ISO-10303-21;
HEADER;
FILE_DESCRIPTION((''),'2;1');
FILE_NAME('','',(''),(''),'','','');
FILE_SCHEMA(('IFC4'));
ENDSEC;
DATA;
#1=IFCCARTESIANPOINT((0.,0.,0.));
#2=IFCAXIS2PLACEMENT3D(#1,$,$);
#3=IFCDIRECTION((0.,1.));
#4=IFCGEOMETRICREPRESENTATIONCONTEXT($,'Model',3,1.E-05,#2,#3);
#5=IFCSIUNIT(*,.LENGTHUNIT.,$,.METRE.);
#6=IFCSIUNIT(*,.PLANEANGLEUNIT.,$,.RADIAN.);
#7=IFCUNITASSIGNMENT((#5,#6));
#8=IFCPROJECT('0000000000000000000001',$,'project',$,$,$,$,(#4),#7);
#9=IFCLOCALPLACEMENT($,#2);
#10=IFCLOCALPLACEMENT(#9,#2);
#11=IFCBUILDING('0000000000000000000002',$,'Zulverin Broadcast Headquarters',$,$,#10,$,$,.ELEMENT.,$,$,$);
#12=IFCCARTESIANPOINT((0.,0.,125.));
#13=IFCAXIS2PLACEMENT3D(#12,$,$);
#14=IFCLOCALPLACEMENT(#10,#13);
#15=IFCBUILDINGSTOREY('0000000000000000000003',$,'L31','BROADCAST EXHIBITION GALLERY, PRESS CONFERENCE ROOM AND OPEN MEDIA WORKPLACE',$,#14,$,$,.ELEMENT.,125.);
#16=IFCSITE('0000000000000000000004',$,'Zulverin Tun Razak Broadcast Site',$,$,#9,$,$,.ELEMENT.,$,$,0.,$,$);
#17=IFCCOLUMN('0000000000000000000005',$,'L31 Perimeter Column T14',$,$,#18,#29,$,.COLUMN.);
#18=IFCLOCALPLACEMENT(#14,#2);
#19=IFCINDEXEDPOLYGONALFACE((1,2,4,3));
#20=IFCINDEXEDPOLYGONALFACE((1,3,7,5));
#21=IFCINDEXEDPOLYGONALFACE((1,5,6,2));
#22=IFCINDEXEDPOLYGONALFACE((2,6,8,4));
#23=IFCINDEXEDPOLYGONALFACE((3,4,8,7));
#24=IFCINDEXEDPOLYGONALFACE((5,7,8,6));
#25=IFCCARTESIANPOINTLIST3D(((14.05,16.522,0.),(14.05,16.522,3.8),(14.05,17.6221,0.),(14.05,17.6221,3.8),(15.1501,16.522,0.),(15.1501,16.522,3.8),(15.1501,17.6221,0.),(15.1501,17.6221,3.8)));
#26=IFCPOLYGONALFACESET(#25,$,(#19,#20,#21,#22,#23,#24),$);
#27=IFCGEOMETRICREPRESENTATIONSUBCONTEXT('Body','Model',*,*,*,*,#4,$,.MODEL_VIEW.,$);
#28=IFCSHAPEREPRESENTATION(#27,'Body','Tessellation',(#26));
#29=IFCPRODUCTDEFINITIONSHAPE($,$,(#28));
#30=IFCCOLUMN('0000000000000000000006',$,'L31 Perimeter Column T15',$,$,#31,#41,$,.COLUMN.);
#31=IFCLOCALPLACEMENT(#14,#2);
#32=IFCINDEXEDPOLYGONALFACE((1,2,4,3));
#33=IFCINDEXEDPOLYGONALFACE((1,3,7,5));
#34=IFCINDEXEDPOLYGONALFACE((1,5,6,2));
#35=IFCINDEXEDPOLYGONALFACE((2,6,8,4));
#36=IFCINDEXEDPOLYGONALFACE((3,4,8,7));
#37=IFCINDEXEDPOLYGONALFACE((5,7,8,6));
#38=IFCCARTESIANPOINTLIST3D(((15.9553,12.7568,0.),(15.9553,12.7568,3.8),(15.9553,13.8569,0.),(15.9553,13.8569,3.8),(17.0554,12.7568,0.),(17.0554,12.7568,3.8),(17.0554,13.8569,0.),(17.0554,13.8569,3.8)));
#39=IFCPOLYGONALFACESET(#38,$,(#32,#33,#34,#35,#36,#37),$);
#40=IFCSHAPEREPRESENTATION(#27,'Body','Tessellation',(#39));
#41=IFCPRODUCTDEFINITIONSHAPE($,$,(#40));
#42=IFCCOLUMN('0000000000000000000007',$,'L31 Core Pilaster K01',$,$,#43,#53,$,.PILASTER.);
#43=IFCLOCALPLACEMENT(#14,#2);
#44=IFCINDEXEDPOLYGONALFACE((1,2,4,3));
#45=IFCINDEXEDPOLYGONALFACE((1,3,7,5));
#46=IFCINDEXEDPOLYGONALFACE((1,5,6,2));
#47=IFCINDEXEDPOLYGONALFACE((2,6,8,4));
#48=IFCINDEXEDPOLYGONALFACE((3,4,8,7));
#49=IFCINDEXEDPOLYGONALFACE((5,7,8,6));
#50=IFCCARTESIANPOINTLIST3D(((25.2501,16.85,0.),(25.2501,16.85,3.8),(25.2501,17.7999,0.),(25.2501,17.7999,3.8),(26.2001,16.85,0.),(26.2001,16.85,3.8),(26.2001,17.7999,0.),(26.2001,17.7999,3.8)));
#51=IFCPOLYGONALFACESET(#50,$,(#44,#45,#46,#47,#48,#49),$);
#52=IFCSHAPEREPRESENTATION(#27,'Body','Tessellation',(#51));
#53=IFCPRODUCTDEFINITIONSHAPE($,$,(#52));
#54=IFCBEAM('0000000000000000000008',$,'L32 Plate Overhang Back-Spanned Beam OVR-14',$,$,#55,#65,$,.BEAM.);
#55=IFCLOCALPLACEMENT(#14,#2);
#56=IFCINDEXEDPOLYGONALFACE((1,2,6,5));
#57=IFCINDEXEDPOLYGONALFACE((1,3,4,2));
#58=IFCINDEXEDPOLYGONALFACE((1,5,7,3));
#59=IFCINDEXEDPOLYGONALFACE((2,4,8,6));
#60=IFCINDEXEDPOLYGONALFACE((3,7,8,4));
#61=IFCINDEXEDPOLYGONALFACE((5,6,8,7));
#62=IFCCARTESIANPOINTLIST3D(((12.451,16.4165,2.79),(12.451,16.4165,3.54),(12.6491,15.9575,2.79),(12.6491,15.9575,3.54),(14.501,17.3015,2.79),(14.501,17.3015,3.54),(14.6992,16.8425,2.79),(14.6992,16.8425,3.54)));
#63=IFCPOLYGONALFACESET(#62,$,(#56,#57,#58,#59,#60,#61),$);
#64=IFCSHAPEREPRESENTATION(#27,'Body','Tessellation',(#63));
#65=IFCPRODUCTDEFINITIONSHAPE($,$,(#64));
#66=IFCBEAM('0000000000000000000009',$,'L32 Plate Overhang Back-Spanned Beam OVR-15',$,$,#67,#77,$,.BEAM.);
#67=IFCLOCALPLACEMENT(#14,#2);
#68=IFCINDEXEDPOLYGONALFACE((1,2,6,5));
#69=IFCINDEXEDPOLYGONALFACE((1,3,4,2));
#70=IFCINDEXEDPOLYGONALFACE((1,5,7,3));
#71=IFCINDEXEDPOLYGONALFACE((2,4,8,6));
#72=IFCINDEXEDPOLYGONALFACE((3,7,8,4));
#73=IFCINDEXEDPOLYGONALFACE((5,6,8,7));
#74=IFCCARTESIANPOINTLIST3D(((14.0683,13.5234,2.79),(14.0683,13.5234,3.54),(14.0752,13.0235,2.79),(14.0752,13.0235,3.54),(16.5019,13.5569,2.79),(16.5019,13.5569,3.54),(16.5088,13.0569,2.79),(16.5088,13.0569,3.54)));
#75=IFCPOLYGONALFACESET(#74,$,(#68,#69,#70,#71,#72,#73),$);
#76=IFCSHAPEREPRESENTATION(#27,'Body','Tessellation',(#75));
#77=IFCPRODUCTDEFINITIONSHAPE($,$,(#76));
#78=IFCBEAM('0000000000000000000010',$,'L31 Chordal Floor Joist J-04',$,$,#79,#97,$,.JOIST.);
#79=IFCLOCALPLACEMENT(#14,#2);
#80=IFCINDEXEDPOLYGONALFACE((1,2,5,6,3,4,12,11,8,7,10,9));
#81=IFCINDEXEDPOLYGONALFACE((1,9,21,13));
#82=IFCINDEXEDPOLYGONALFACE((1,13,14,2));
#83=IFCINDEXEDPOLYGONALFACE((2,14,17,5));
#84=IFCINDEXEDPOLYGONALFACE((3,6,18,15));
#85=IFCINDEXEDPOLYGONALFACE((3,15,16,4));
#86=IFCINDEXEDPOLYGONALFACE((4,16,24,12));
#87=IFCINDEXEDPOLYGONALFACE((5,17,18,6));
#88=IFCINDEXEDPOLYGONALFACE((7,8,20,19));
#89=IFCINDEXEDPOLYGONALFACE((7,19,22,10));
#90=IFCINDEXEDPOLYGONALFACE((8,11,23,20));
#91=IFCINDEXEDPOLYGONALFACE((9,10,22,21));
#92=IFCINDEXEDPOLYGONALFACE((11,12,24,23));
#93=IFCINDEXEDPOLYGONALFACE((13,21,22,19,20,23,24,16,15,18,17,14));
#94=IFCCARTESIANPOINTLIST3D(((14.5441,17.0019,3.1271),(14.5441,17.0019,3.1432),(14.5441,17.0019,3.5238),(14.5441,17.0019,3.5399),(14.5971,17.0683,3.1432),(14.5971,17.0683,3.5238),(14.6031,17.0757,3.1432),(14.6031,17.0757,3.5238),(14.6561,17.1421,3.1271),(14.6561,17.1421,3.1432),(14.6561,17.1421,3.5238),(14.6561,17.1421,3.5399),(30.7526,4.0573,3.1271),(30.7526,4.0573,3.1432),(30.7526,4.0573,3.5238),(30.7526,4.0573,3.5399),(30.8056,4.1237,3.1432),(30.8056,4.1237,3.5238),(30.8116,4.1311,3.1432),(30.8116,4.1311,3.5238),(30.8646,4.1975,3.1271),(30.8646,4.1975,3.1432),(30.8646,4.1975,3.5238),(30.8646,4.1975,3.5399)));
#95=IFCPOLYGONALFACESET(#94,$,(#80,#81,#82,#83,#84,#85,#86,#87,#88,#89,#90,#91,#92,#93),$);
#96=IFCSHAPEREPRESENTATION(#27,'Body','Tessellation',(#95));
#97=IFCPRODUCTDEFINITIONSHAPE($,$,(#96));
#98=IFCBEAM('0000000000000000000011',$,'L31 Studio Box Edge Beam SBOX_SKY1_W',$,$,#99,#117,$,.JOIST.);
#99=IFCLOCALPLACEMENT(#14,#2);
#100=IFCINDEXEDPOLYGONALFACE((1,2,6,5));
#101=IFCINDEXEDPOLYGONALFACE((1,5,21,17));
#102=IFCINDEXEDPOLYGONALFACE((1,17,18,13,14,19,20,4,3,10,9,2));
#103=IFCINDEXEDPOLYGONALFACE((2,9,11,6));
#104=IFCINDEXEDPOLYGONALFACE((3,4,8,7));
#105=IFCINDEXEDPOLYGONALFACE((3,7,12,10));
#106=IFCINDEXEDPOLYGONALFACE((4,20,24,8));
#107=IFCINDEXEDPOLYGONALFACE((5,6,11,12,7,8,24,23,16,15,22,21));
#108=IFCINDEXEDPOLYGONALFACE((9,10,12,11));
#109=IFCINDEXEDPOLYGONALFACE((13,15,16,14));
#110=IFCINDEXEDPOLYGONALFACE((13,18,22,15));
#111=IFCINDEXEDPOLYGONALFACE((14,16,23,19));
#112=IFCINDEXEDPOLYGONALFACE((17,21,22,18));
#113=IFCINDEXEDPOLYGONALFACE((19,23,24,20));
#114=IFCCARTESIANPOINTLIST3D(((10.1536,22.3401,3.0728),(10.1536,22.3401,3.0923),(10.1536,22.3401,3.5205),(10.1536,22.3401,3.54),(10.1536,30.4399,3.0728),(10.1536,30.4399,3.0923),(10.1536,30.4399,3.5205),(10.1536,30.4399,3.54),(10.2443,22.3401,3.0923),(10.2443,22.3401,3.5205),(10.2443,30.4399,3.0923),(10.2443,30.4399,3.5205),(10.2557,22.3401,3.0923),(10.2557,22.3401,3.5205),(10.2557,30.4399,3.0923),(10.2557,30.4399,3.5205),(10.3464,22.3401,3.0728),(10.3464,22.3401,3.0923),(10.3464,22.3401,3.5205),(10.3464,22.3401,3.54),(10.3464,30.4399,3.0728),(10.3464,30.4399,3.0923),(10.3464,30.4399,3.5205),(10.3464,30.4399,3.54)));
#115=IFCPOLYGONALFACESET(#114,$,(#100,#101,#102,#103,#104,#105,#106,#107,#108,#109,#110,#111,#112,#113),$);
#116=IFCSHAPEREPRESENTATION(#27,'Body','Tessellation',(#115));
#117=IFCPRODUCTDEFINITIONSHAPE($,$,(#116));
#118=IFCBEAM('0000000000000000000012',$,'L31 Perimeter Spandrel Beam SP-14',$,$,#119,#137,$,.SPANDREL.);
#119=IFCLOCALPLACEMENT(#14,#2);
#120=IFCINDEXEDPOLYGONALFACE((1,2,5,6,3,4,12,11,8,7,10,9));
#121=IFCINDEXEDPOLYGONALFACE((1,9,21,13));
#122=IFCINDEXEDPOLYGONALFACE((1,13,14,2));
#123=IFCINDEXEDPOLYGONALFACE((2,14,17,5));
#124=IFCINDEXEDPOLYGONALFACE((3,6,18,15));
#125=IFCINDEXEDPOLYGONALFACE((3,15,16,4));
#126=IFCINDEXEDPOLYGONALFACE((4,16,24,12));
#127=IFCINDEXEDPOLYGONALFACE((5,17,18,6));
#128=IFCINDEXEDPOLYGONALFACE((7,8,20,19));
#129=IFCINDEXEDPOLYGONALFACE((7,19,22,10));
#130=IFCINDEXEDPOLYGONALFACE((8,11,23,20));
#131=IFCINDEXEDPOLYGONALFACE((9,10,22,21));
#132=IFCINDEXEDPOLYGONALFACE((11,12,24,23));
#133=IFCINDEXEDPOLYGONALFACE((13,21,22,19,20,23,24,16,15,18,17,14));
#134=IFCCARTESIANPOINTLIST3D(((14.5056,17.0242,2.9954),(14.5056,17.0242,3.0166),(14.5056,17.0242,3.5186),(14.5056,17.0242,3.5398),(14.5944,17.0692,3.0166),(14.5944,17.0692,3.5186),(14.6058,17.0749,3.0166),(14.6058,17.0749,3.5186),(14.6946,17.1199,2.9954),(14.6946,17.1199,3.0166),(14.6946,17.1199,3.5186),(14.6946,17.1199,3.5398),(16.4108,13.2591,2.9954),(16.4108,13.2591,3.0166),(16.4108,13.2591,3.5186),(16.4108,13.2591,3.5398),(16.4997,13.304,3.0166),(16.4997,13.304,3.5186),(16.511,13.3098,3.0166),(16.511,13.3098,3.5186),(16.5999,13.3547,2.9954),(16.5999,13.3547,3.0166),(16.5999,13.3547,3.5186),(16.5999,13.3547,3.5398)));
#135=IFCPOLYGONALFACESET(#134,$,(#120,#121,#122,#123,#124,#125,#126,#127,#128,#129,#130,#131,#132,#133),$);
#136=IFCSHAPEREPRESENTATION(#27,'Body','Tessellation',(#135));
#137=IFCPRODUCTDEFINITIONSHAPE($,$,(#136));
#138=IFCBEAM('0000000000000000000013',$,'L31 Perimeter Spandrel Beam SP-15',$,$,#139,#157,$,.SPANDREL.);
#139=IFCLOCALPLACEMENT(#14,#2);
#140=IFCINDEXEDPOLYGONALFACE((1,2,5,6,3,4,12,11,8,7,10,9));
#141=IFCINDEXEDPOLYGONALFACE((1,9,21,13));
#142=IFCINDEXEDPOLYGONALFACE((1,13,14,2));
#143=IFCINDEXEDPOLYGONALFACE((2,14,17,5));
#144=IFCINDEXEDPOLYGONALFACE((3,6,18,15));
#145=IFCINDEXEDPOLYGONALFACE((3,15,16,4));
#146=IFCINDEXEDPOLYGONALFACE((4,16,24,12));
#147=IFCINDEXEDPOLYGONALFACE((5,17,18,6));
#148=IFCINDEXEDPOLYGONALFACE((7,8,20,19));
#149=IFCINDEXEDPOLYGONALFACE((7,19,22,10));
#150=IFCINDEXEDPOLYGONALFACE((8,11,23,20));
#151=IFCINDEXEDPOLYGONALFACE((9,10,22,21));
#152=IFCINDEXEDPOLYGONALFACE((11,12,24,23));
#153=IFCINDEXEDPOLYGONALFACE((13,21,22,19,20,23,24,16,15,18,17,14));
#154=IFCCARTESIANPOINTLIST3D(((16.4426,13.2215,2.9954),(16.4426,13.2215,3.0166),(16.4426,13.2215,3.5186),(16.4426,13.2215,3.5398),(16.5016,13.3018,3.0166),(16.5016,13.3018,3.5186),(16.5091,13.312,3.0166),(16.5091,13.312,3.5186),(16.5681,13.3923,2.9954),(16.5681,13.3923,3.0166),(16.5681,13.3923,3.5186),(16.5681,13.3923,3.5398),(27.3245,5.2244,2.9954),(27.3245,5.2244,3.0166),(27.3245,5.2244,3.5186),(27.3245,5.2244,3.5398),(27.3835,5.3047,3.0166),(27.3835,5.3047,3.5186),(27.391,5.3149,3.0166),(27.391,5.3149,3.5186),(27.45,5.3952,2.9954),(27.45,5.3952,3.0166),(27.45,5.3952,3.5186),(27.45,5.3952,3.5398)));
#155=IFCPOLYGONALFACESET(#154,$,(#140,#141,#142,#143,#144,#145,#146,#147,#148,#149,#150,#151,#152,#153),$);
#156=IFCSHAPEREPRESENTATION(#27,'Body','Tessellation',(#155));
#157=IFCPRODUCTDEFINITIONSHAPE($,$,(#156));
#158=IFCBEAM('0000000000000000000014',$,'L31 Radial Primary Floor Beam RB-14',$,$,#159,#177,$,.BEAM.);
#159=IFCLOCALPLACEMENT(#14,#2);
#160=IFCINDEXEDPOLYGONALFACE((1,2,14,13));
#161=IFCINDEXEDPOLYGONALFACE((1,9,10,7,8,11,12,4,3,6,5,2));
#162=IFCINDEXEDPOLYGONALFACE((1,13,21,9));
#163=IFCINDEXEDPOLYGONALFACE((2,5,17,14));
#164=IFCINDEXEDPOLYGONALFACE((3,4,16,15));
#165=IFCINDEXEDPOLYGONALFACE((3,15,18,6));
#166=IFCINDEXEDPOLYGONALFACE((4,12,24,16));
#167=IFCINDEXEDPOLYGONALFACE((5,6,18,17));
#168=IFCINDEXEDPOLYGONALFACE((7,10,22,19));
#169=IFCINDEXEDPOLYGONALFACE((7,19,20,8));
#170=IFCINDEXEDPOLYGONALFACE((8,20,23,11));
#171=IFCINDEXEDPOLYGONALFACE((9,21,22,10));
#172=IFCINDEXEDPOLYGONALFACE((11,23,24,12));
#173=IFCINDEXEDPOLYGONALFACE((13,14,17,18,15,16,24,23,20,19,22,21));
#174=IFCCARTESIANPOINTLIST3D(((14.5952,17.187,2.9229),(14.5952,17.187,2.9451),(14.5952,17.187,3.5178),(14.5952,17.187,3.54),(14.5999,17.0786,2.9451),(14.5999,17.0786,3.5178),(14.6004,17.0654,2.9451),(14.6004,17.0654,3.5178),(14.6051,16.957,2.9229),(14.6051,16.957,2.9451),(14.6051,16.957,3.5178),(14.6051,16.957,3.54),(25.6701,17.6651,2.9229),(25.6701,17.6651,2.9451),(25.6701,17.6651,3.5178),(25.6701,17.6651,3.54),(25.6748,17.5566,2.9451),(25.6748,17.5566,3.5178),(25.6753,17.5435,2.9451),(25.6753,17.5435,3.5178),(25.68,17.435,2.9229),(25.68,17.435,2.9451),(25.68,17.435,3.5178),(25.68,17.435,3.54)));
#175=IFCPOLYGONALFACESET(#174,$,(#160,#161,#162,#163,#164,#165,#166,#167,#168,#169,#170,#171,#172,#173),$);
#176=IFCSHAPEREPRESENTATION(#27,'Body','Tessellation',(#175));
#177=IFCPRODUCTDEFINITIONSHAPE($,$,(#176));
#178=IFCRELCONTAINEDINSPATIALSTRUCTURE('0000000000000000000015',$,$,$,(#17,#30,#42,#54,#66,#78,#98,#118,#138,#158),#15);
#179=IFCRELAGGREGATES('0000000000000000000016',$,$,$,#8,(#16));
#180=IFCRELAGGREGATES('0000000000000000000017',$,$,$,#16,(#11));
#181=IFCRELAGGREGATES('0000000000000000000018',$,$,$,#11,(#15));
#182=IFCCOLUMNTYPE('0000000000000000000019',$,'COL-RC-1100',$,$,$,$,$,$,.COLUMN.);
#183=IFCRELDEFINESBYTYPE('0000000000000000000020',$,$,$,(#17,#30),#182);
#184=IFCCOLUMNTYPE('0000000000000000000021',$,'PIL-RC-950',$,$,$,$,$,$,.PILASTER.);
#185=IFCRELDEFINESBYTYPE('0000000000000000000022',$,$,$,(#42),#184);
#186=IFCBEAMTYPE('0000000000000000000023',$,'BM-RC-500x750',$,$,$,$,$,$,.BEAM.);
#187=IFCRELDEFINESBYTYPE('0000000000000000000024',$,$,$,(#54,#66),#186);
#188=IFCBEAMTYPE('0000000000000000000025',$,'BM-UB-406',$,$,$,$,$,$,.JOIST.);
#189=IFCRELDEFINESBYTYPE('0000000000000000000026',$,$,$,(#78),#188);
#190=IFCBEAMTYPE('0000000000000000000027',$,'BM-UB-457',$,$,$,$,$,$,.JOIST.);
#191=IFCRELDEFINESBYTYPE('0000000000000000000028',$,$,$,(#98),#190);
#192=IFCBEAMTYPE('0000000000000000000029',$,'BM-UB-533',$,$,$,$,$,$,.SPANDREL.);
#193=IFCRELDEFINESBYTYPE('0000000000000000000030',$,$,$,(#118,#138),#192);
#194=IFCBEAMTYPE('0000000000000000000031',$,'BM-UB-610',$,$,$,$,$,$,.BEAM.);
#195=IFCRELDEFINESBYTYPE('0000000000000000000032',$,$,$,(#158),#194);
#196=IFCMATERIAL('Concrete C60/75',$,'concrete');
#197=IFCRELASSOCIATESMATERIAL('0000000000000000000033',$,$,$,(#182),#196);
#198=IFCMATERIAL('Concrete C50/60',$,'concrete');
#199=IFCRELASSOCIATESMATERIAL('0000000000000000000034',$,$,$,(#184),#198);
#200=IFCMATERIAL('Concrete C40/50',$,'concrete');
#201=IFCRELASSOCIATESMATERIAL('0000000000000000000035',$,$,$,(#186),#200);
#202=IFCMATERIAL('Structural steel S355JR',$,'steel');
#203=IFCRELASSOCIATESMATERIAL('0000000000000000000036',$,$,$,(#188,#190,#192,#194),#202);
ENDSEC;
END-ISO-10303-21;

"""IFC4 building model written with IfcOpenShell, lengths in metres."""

from ifc_helpers import new_model, si_unit, direction, frame, origin, origin_2d, place, context, subcontext, project, spatial, rectangle, i_section, extrude, material, material_profile, profile_set, type_object, element, save


model = new_model("IFC4")

# Units and contexts
model_context = context("Model", 3, precision=1e-05, world=origin(), true_north=direction((0.0, 1.0)))
body_context = subcontext(model_context, "Body", "Model", "MODEL_VIEW")
ifc_project = project(units=[si_unit("LENGTHUNIT", "METRE"), si_unit("PLANEANGLEUNIT", "RADIAN")], contexts=[model_context])

# Site, building, storey
site_placement = place(None, origin())
site = spatial("IfcSite", under=ifc_project, at=site_placement, Name="Zulverin Tun Razak Broadcast Site", CompositionType="ELEMENT", RefElevation=0.0)
building_placement = place(site_placement, origin())
building = spatial("IfcBuilding", under=site, at=building_placement, Name="Zulverin Broadcast Headquarters", CompositionType="ELEMENT")
storey_placement = place(building_placement, frame((0.0, 0.0, 125.0)))
storey = spatial("IfcBuildingStorey", under=building, at=storey_placement, Name="L31", Description="BROADCAST EXHIBITION GALLERY, PRESS CONFERENCE ROOM AND OPEN MEDIA WORKPLACE", CompositionType="ELEMENT", Elevation=125.0)

# Columns
ifc_material_1 = material(Name="Concrete C60/75", Category="concrete")
ifc_material_profile_1 = material_profile(ifc_material_1, rectangle(XDim=1.1001, YDim=1.1001, at=origin_2d()), Name="Concrete C60/75", Category="concrete")
ifc_profile_set_1 = profile_set([ifc_material_profile_1], Name="Concrete C60/75")
column_type_1 = type_object("IfcColumnType", Name="COL-RC-1100", PredefinedType="COLUMN", material=ifc_profile_set_1)
for number, where, z_axis, x_axis, name in (
    (1, (14.6001, 17.072, 0.0), (0.0, 0.0, 1.0), (1.0, 0.0, 0.0), "L31 Perimeter Column T14"),
    (2, (16.5054, 13.3069, 0.0), (0.0, 0.0, 1.0), (1.0, 0.0, 0.0), "L31 Perimeter Column T15"),
):
    element("IfcColumn", number, at=place(storey_placement, frame(where, z_axis=z_axis, x_axis=x_axis)), inside=storey, type_object=column_type_1, Name=name, PredefinedType="COLUMN", context=body_context, shape_type="SweptSolid", body=[
        extrude(rectangle(XDim=1.1001, YDim=1.1001, at=origin_2d()), origin(), (0.0, 0.0, 1.0), 3.8),
    ])
ifc_material_2 = material(Name="Concrete C50/60", Category="concrete")
ifc_material_profile_2 = material_profile(ifc_material_2, rectangle(XDim=0.95, YDim=0.95, at=origin_2d()), Name="Concrete C50/60", Category="concrete")
ifc_profile_set_2 = profile_set([ifc_material_profile_2], Name="Concrete C50/60")
column_type_2 = type_object("IfcColumnType", Name="PIL-RC-950", PredefinedType="PILASTER", material=ifc_profile_set_2)
column_placement = place(storey_placement, frame((25.7251, 17.325, 0.0), z_axis=(0.0, 0.0, 1.0), x_axis=(1.0, 0.0, 0.0)))
element("IfcColumn", 3, at=column_placement, inside=storey, type_object=column_type_2, Name="L31 Core Pilaster K01", PredefinedType="PILASTER", context=body_context, shape_type="SweptSolid", body=[
    extrude(rectangle(XDim=0.95, YDim=0.95, at=origin_2d()), origin(), (0.0, 0.0, 1.0), 3.8),
])

# Beams
ifc_material_3 = material(Name="Concrete C40/50", Category="concrete")
ifc_material_profile_3 = material_profile(ifc_material_3, rectangle(XDim=0.5, YDim=0.75, at=origin_2d()), Name="Concrete C40/50", Category="concrete")
ifc_profile_set_3 = profile_set([ifc_material_profile_3], Name="Concrete C40/50")
beam_type_1 = type_object("IfcBeamType", Name="BM-RC-500x750", PredefinedType="BEAM", material=ifc_profile_set_3)
beam_1_placement = place(storey_placement, frame((14.6001, 17.072, 3.165), z_axis=(-0.918101, -0.396346, 0.0), x_axis=(0.396346, -0.918101, 0.0)))
element("IfcBeam", 4, at=beam_1_placement, inside=storey, type_object=beam_type_1, Name="L32 Plate Overhang Back-Spanned Beam OVR-14", PredefinedType="BEAM", context=body_context, shape_type="SweptSolid", body=[
    extrude(rectangle(XDim=0.5, YDim=0.75, at=origin_2d()), origin(), (0.0, 0.0, 1.0), 2.2329),
])
beam_2_placement = place(storey_placement, frame((16.5054, 13.3069, 3.165), z_axis=(-0.999906, -0.013743, 0.0), x_axis=(0.013743, -0.999906, 0.0)))
element("IfcBeam", 5, at=beam_2_placement, inside=storey, type_object=beam_type_1, Name="L32 Plate Overhang Back-Spanned Beam OVR-15", PredefinedType="BEAM", context=body_context, shape_type="SweptSolid", body=[
    extrude(rectangle(XDim=0.5, YDim=0.75, at=origin_2d()), origin(), (0.0, 0.0, 1.0), 2.4338),
])
ifc_material_4 = material(Name="Structural steel S355JR", Category="steel")
ifc_material_profile_4 = material_profile(ifc_material_4, i_section(OverallWidth=0.1794, OverallDepth=0.4128, WebThickness=0.0095, FlangeThickness=0.0161, at=origin_2d()), Name="Structural steel S355JR", Category="steel")
ifc_profile_set_4 = profile_set([ifc_material_profile_4], Name="Structural steel S355JR")
beam_type_2 = type_object("IfcBeamType", Name="BM-UB-406", PredefinedType="JOIST", material=ifc_profile_set_4)
beam_3_placement = place(storey_placement, frame((14.6001, 17.072, 3.3335), z_axis=(0.781391, -0.624042, 0.0), x_axis=(0.624042, 0.781391, 0.0)))
element("IfcBeam", 6, at=beam_3_placement, inside=storey, type_object=beam_type_2, Name="L31 Chordal Floor Joist J-04", PredefinedType="JOIST", context=body_context, shape_type="SweptSolid", body=[
    extrude(i_section(OverallWidth=0.1794, OverallDepth=0.4128, WebThickness=0.0095, FlangeThickness=0.0161, at=origin_2d()), origin(), (0.0, 0.0, 1.0), 20.7432),
])
ifc_material_profile_5 = material_profile(ifc_material_4, i_section(OverallWidth=0.1929, OverallDepth=0.4673, WebThickness=0.0115, FlangeThickness=0.0195, at=origin_2d()), Name="Structural steel S355JR", Category="steel")
ifc_profile_set_5 = profile_set([ifc_material_profile_5], Name="Structural steel S355JR")
beam_type_3 = type_object("IfcBeamType", Name="BM-UB-457", PredefinedType="JOIST", material=ifc_profile_set_5)
beam_4_placement = place(storey_placement, frame((10.25, 22.3401, 3.3064), z_axis=(0.0, 1.0, 0.0), x_axis=(-1.0, 0.0, 0.0)))
element("IfcBeam", 7, at=beam_4_placement, inside=storey, type_object=beam_type_3, Name="L31 Studio Box Edge Beam SBOX_SKY1_W", PredefinedType="JOIST", context=body_context, shape_type="SweptSolid", body=[
    extrude(i_section(OverallWidth=0.1929, OverallDepth=0.4673, WebThickness=0.0115, FlangeThickness=0.0195, at=origin_2d()), origin(), (0.0, 0.0, 1.0), 8.0999),
])
ifc_material_profile_6 = material_profile(ifc_material_4, i_section(OverallWidth=0.2119, OverallDepth=0.5444, WebThickness=0.0127, FlangeThickness=0.0212, at=origin_2d()), Name="Structural steel S355JR", Category="steel")
ifc_profile_set_6 = profile_set([ifc_material_profile_6], Name="Structural steel S355JR")
beam_type_4 = type_object("IfcBeamType", Name="BM-UB-533", PredefinedType="SPANDREL", material=ifc_profile_set_6)
beam_5_placement = place(storey_placement, frame((14.6001, 17.072, 3.2676), z_axis=(0.451513, -0.892265, 0.0), x_axis=(0.892265, 0.451513, 0.0)))
element("IfcBeam", 8, at=beam_5_placement, inside=storey, type_object=beam_type_4, Name="L31 Perimeter Spandrel Beam SP-14", PredefinedType="SPANDREL", context=body_context, shape_type="SweptSolid", body=[
    extrude(i_section(OverallWidth=0.2119, OverallDepth=0.5444, WebThickness=0.0127, FlangeThickness=0.0212, at=origin_2d()), origin(), (0.0, 0.0, 1.0), 4.2197),
])
beam_6_placement = place(storey_placement, frame((16.5054, 13.3069, 3.2676), z_axis=(0.805802, -0.592185, 0.0), x_axis=(0.592185, 0.805802, 0.0)))
element("IfcBeam", 9, at=beam_6_placement, inside=storey, type_object=beam_type_4, Name="L31 Perimeter Spandrel Beam SP-15", PredefinedType="SPANDREL", context=body_context, shape_type="SweptSolid", body=[
    extrude(i_section(OverallWidth=0.2119, OverallDepth=0.5444, WebThickness=0.0127, FlangeThickness=0.0212, at=origin_2d()), origin(), (0.0, 0.0, 1.0), 13.5044),
])
ifc_material_profile_7 = material_profile(ifc_material_4, i_section(OverallWidth=0.2302, OverallDepth=0.6172, WebThickness=0.0132, FlangeThickness=0.0222, at=origin_2d()), Name="Structural steel S355JR", Category="steel")
ifc_profile_set_7 = profile_set([ifc_material_profile_7], Name="Structural steel S355JR")
beam_type_5 = type_object("IfcBeamType", Name="BM-UB-610", PredefinedType="BEAM", material=ifc_profile_set_7)
beam_7_placement = place(storey_placement, frame((25.675, 17.55, 3.2314), z_axis=(-0.99907, -0.043123, 0.0), x_axis=(0.043123, -0.99907, 0.0)))
element("IfcBeam", 10, at=beam_7_placement, inside=storey, type_object=beam_type_5, Name="L31 Radial Primary Floor Beam RB-14", PredefinedType="BEAM", context=body_context, shape_type="SweptSolid", body=[
    extrude(i_section(OverallWidth=0.2302, OverallDepth=0.6172, WebThickness=0.0132, FlangeThickness=0.0222, at=origin_2d()), origin(), (0.0, 0.0, 1.0), 11.0852),
])

save(model, "model.ifc")
